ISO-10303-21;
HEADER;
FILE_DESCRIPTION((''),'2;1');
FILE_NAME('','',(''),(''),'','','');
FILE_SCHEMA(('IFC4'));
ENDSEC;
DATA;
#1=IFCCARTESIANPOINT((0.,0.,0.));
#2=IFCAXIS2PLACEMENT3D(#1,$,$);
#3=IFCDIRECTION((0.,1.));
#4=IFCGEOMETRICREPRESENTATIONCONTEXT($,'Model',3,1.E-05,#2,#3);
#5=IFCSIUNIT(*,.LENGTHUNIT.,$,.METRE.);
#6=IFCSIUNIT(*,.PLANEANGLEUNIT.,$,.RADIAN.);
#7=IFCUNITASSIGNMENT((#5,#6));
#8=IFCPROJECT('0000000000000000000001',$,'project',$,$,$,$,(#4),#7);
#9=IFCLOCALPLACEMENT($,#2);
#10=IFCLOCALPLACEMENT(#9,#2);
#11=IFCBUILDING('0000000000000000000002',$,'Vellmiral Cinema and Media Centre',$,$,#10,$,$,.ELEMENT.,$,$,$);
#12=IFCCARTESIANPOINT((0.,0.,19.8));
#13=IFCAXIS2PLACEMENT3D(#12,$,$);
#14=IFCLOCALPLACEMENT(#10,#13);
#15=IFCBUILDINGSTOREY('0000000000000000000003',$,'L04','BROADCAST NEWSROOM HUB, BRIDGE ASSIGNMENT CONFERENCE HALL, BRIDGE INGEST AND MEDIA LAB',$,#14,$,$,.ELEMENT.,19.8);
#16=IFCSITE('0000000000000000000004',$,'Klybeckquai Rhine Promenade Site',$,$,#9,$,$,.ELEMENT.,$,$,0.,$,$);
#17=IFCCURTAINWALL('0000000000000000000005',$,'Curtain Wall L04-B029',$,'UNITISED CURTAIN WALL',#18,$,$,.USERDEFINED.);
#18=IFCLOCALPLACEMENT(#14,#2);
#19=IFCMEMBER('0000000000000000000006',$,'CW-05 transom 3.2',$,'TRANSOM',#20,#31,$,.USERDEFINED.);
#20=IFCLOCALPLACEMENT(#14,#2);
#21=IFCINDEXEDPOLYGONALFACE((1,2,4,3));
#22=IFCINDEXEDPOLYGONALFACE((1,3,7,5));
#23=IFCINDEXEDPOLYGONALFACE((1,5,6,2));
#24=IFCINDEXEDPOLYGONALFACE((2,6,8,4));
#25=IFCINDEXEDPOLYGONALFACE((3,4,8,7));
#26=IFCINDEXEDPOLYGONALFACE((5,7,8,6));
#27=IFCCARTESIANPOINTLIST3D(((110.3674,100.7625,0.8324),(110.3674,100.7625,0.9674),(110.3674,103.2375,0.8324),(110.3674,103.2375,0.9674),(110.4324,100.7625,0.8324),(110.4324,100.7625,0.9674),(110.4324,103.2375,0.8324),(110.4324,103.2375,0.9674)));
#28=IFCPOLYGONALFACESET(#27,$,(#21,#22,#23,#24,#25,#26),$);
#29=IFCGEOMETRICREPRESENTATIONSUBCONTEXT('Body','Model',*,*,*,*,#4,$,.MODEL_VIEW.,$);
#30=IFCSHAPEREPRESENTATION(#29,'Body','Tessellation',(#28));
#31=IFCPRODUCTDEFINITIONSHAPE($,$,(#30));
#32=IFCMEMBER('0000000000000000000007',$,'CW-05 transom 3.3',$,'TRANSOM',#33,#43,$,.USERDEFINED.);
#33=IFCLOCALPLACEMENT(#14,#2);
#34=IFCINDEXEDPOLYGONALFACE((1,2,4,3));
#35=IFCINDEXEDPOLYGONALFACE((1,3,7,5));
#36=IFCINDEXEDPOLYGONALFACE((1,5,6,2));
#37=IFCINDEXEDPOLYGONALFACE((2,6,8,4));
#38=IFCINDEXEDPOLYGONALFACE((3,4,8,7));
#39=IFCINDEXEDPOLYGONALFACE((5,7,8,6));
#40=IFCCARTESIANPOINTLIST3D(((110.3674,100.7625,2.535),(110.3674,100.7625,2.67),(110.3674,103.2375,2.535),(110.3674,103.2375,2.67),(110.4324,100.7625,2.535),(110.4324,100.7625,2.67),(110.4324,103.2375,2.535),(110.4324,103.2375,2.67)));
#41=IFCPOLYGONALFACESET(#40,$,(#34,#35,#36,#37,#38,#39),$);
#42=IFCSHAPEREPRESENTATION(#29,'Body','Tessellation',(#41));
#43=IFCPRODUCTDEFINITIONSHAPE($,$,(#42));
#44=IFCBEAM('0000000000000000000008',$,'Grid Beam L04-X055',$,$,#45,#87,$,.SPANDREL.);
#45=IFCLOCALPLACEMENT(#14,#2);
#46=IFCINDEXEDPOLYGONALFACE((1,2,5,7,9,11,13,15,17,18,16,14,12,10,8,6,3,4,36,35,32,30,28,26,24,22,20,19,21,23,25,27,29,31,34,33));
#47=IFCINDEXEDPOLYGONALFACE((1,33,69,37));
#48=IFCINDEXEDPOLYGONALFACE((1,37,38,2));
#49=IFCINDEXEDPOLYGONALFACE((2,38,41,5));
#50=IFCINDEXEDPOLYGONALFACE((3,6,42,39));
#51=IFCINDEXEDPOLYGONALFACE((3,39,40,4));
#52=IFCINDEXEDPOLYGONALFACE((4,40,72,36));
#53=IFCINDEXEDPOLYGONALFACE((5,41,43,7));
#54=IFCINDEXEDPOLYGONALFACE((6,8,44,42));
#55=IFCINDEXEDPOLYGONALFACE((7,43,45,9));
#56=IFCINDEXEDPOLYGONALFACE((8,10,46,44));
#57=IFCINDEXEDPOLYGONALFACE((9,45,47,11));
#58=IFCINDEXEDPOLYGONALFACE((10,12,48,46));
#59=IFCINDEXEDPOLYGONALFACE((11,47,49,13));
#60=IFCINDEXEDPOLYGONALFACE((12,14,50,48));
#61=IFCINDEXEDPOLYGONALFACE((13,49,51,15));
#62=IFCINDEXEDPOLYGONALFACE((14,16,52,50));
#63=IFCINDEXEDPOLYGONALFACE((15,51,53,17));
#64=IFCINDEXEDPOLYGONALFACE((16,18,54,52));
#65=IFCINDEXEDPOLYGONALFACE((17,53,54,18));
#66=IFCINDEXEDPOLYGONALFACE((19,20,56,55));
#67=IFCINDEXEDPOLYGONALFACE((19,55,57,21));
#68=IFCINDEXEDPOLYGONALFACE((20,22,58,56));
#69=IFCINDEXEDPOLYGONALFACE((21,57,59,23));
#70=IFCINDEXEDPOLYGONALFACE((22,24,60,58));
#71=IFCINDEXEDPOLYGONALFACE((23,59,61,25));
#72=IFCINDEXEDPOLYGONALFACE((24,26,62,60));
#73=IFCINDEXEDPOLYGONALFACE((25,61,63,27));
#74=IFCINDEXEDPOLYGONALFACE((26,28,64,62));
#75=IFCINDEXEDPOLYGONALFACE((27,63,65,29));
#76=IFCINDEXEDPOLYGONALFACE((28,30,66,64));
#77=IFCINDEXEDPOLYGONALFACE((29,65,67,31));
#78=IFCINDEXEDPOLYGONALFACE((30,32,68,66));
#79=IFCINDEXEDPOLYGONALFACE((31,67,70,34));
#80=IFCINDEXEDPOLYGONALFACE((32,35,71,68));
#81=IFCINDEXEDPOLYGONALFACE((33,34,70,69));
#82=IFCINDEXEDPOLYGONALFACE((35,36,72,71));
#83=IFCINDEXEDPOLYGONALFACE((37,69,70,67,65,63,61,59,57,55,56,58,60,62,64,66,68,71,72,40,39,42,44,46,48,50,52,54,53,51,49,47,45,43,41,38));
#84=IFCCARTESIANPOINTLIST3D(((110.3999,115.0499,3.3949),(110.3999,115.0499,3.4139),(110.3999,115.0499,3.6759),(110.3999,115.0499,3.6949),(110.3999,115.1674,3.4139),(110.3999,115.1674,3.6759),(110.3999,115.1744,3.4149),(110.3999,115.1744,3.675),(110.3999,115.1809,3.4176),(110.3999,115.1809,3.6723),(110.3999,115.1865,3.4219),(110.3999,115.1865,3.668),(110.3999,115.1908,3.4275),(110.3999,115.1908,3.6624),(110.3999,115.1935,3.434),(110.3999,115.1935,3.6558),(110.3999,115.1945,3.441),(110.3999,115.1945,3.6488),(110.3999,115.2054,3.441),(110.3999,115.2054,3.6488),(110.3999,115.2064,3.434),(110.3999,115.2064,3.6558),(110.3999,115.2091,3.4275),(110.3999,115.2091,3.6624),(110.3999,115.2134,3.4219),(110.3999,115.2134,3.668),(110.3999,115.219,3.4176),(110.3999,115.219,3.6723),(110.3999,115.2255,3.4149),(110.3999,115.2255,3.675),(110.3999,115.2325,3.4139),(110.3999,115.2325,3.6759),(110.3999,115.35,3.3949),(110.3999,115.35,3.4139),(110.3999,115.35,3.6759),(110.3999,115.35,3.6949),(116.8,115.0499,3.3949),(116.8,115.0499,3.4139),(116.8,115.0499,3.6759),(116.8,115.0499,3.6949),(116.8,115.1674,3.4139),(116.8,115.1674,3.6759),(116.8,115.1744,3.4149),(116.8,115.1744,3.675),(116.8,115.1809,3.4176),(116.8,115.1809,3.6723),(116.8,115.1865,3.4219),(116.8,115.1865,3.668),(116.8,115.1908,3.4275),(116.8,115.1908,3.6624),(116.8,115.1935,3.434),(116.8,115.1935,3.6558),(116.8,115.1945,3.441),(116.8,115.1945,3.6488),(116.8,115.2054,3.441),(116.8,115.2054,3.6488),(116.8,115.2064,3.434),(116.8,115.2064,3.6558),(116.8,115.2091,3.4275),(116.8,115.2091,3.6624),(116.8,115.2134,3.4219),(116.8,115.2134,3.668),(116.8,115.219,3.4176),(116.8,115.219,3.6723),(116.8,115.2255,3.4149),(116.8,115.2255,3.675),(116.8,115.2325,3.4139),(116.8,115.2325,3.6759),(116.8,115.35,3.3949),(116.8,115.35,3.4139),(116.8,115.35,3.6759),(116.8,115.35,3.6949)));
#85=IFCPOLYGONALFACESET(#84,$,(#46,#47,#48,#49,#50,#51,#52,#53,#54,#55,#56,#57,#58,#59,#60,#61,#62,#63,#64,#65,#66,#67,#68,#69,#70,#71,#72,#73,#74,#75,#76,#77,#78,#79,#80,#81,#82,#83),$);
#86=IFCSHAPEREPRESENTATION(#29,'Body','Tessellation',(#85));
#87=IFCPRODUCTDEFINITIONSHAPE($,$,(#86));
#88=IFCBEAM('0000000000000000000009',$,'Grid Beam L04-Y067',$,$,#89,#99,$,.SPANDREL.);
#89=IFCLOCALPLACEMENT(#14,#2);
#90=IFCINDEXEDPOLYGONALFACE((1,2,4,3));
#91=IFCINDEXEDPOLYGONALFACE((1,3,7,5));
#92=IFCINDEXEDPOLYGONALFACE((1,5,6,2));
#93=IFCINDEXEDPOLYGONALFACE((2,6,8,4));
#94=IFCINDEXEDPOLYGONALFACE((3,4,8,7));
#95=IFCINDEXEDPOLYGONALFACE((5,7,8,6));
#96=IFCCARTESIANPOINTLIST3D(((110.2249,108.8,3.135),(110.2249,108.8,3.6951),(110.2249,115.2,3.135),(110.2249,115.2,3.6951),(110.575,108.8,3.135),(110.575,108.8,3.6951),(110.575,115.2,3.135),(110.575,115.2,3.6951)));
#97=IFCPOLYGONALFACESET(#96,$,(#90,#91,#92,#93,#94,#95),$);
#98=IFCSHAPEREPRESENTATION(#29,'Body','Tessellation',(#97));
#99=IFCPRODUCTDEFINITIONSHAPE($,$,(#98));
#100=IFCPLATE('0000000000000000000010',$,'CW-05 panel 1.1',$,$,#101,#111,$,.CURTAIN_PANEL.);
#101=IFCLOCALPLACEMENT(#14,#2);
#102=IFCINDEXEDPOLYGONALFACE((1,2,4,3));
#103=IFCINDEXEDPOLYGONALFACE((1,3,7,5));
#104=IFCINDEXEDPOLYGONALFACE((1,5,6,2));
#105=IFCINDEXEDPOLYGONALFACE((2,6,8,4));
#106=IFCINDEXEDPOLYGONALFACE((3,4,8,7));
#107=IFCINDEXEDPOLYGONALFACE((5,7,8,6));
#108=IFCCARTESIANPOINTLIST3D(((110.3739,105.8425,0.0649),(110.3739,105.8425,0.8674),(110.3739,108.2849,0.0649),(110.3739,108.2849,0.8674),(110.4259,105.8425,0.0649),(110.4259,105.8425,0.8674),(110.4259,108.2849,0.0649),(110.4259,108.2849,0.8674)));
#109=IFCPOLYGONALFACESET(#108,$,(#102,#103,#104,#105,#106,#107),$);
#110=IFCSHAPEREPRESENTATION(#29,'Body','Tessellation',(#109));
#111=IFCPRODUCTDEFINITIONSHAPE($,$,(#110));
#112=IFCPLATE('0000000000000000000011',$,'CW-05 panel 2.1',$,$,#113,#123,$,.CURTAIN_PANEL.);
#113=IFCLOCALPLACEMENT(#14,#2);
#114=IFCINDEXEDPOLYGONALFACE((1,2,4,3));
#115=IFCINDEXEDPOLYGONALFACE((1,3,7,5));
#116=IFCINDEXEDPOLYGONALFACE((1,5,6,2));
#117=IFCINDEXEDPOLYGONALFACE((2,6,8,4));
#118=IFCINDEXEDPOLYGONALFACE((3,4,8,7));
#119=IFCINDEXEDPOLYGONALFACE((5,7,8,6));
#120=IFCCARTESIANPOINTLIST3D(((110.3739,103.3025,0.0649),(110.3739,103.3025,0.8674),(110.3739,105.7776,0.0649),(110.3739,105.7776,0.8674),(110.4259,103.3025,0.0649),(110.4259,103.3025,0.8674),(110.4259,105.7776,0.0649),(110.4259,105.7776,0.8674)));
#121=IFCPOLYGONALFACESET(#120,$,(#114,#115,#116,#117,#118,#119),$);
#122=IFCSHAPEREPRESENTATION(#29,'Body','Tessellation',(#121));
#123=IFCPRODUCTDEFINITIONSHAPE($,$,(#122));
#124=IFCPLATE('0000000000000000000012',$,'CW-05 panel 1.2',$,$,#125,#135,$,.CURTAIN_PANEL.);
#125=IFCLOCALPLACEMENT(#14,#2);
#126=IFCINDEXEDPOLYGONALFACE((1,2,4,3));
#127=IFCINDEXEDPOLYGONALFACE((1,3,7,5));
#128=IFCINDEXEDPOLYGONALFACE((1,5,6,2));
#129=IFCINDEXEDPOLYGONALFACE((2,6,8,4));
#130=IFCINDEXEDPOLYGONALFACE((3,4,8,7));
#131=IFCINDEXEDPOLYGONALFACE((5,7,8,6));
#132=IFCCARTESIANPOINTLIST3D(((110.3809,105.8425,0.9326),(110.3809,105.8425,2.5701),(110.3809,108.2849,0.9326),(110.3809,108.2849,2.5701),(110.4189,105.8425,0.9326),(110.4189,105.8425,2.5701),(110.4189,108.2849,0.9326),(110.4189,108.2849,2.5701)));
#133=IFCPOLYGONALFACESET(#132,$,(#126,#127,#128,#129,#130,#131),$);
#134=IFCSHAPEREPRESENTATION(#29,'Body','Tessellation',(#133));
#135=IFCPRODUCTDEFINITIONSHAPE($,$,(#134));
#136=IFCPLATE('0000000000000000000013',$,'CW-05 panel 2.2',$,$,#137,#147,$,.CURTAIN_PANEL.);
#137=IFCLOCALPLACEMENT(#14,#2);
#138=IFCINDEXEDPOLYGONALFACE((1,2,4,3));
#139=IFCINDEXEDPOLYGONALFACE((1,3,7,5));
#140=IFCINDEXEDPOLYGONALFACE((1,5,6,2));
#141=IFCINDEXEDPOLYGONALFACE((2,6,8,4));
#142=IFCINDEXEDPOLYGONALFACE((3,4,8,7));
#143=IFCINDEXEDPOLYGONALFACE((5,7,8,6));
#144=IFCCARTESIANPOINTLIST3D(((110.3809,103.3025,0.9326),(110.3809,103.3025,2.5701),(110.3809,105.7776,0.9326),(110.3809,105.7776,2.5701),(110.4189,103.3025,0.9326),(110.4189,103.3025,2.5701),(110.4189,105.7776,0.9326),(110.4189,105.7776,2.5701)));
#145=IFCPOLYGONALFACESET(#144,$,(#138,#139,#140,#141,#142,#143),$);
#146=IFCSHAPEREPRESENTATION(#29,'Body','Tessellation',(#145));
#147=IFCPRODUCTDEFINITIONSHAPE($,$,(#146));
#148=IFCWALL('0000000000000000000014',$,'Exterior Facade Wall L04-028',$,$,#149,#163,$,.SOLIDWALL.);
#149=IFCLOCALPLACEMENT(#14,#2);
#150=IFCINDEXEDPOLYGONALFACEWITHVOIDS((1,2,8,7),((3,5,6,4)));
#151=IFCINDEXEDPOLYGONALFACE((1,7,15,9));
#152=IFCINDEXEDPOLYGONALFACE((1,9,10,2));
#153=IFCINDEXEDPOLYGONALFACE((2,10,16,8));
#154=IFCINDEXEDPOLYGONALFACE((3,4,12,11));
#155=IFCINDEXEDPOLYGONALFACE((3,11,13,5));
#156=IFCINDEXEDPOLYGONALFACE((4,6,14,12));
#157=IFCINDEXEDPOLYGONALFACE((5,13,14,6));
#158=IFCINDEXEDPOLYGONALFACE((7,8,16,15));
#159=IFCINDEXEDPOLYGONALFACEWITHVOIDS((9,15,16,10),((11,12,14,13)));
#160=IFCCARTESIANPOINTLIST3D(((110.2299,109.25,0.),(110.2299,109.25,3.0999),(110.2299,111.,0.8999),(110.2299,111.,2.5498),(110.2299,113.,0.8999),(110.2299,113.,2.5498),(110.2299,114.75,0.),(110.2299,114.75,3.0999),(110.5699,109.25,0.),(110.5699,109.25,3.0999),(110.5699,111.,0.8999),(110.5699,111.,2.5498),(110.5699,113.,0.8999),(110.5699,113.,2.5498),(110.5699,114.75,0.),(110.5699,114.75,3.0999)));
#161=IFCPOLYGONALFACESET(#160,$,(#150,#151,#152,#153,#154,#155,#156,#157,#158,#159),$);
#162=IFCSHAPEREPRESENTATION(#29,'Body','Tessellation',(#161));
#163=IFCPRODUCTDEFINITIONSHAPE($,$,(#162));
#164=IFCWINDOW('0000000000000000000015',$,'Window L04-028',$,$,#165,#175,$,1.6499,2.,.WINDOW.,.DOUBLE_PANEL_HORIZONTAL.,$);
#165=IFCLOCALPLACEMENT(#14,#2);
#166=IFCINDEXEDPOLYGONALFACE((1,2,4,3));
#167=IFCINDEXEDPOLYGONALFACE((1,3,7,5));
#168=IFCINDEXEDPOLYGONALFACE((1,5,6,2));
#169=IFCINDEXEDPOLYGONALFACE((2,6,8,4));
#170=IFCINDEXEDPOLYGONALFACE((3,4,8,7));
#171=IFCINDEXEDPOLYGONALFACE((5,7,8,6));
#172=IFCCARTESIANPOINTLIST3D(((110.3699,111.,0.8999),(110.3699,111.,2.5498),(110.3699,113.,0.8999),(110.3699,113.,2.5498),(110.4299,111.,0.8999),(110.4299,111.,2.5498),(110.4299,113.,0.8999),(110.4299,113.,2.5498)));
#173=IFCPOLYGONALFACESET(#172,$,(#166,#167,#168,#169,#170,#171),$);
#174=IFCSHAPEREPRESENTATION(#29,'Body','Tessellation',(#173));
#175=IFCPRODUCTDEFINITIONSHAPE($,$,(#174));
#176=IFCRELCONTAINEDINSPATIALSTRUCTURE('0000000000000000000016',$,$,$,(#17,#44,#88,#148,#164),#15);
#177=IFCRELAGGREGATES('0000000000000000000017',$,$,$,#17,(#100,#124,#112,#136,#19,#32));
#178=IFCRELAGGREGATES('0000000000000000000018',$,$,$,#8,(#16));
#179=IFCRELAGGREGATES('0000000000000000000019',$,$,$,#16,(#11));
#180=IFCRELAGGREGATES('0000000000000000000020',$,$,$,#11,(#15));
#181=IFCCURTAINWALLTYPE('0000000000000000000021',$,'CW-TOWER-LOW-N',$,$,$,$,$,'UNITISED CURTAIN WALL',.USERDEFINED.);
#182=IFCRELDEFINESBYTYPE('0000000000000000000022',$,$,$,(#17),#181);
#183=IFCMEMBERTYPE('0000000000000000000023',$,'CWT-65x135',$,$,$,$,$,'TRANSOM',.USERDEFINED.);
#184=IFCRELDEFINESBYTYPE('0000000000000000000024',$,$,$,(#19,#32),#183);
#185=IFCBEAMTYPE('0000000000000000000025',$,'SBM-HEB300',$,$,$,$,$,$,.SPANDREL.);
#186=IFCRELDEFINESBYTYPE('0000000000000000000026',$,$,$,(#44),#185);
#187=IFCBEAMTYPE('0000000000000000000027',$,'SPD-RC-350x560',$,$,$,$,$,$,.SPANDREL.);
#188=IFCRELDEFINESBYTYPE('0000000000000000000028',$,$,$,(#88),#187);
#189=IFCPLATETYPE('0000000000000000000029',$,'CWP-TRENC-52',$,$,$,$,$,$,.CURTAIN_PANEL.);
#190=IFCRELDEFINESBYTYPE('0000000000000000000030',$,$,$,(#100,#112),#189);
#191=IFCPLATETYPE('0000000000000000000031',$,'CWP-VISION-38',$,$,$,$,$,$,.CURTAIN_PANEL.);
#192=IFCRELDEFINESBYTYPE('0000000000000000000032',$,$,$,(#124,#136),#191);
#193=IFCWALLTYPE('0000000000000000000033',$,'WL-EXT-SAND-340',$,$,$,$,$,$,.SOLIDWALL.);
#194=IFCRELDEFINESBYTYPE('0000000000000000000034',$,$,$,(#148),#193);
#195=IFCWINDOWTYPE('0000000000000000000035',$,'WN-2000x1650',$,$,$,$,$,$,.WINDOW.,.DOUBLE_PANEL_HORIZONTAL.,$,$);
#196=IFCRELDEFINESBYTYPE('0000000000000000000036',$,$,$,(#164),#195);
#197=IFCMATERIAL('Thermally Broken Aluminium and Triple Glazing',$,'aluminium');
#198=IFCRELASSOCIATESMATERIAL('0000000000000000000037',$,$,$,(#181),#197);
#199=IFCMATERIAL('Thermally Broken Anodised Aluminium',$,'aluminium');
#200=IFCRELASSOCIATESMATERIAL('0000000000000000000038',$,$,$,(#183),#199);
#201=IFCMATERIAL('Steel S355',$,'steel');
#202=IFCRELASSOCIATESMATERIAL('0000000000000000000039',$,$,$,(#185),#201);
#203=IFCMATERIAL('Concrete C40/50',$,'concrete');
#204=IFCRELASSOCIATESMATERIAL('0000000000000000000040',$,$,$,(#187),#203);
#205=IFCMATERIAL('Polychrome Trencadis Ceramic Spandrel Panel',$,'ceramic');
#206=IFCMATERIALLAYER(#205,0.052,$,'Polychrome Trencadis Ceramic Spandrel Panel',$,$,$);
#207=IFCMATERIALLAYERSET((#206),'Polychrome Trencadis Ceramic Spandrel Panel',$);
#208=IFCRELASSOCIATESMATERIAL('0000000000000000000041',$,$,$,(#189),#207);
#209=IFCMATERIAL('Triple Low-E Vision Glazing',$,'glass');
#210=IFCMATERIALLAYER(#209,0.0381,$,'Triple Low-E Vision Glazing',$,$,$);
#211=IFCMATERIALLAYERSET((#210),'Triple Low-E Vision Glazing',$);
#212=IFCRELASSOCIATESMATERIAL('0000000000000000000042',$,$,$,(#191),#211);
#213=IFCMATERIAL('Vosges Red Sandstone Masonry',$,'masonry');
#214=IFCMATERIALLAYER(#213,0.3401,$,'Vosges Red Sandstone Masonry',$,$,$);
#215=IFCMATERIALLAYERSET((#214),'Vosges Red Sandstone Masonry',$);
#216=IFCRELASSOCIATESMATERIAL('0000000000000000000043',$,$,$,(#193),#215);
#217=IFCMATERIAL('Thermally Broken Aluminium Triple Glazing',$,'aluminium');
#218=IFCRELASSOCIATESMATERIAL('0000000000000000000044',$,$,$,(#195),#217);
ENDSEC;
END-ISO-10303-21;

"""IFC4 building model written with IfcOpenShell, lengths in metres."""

from ifc_helpers import new_model, si_unit, direction, frame, frame_2d, origin, origin_2d, place, context, subcontext, project, spatial, rectangle, i_section, extrude, material, layer, layer_set, material_profile, profile_set, type_object, element, fill, aggregate, save


model = new_model("IFC4")

# Units and contexts
model_context = context("Model", 3, precision=1e-05, world=origin(), true_north=direction((0.0, 1.0)))
body_context = subcontext(model_context, "Body", "Model", "MODEL_VIEW")
ifc_project = project(units=[si_unit("LENGTHUNIT", "METRE"), si_unit("PLANEANGLEUNIT", "RADIAN")], contexts=[model_context])

# Site, building, storey
site_placement = place(None, origin())
site = spatial("IfcSite", under=ifc_project, at=site_placement, Name="Klybeckquai Rhine Promenade Site", CompositionType="ELEMENT", RefElevation=0.0)
building_placement = place(site_placement, origin())
building = spatial("IfcBuilding", under=site, at=building_placement, Name="Vellmiral Cinema and Media Centre", CompositionType="ELEMENT")
storey_placement = place(building_placement, frame((0.0, 0.0, 19.8)))
storey = spatial("IfcBuildingStorey", under=building, at=storey_placement, Name="L04", Description="BROADCAST NEWSROOM HUB, BRIDGE ASSIGNMENT CONFERENCE HALL, BRIDGE INGEST AND MEDIA LAB", CompositionType="ELEMENT", Elevation=19.8)

# Curtain wall, members
ifc_material_1 = material(Name="Thermally Broken Aluminium and Triple Glazing", Category="aluminium")
curtain_wall_type_1 = type_object("IfcCurtainWallType", Name="CW-TOWER-LOW-N", ElementType="UNITISED CURTAIN WALL", PredefinedType="USERDEFINED", material=ifc_material_1)
curtain_wall_1_placement = place(storey_placement, origin())
curtain_wall_1 = element("IfcCurtainWall", 1, at=curtain_wall_1_placement, inside=storey, type_object=curtain_wall_type_1, Name="Curtain Wall L04-B029", ObjectType="UNITISED CURTAIN WALL", PredefinedType="USERDEFINED")
ifc_material_2 = material(Name="Thermally Broken Anodised Aluminium", Category="aluminium")
ifc_material_profile_1 = material_profile(ifc_material_2, rectangle(XDim=0.0649, YDim=0.135, at=origin_2d()), Name="MULL 65x135")
ifc_profile_set_1 = profile_set([ifc_material_profile_1], Name="Thermally Broken Anodised Aluminium")
member_type_1 = type_object("IfcMemberType", Name="CWT-65x135", ElementType="TRANSOM", PredefinedType="USERDEFINED", material=ifc_profile_set_1)
member_1_placement = place(storey_placement, frame((110.3999, 103.2375, 0.8999), z_axis=(0.0, -1.0, 0.0), x_axis=(1.0, 0.0, 0.0)))
member_1 = element("IfcMember", 2, at=member_1_placement, type_object=member_type_1, Name="CW-05 transom 3.2", ObjectType="TRANSOM", PredefinedType="USERDEFINED", context=body_context, shape_type="SweptSolid", body=[
    extrude(rectangle(XDim=0.0649, YDim=0.135, at=origin_2d()), origin(), (0.0, 0.0, 1.0), 2.4751),
])
member_2_placement = place(storey_placement, frame((110.3999, 103.2375, 2.6025), z_axis=(0.0, -1.0, 0.0), x_axis=(1.0, 0.0, 0.0)))
member_2 = element("IfcMember", 3, at=member_2_placement, type_object=member_type_1, Name="CW-05 transom 3.3", ObjectType="TRANSOM", PredefinedType="USERDEFINED", context=body_context, shape_type="SweptSolid", body=[
    extrude(rectangle(XDim=0.0649, YDim=0.135, at=origin_2d()), origin(), (0.0, 0.0, 1.0), 2.4751),
])

# Beams
ifc_material_3 = material(Name="Steel S355", Category="steel")
ifc_material_profile_2 = material_profile(ifc_material_3, i_section(OverallWidth=0.3, OverallDepth=0.3, WebThickness=0.011, FlangeThickness=0.019, FilletRadius=0.0271, at=origin_2d()), Name="HEB 300")
ifc_profile_set_2 = profile_set([ifc_material_profile_2], Name="Steel S355")
beam_type_1 = type_object("IfcBeamType", Name="SBM-HEB300", PredefinedType="SPANDREL", material=ifc_profile_set_2)
beam_1_placement = place(storey_placement, frame((110.3999, 115.2, 3.5449), z_axis=(1.0, 0.0, 0.0), x_axis=(0.0, 1.0, 0.0)))
element("IfcBeam", 4, at=beam_1_placement, inside=storey, type_object=beam_type_1, Name="Grid Beam L04-X055", PredefinedType="SPANDREL", context=body_context, shape_type="SweptSolid", body=[
    extrude(i_section(OverallWidth=0.3, OverallDepth=0.3, WebThickness=0.011, FlangeThickness=0.019, FilletRadius=0.0271, at=origin_2d()), origin(), (0.0, 0.0, 1.0), 6.4001),
])
ifc_material_4 = material(Name="Concrete C40/50", Category="concrete")
ifc_material_profile_3 = material_profile(ifc_material_4, rectangle(XDim=0.3501, YDim=0.5601, at=origin_2d()), Name="RC 350x560")
ifc_profile_set_3 = profile_set([ifc_material_profile_3], Name="Concrete C40/50")
beam_type_2 = type_object("IfcBeamType", Name="SPD-RC-350x560", PredefinedType="SPANDREL", material=ifc_profile_set_3)
beam_2_placement = place(storey_placement, frame((110.3999, 108.8, 3.415), z_axis=(0.0, 1.0, 0.0), x_axis=(-1.0, 0.0, 0.0)))
element("IfcBeam", 5, at=beam_2_placement, inside=storey, type_object=beam_type_2, Name="Grid Beam L04-Y067", PredefinedType="SPANDREL", context=body_context, shape_type="SweptSolid", body=[
    extrude(rectangle(XDim=0.3501, YDim=0.5601, at=origin_2d()), origin(), (0.0, 0.0, 1.0), 6.3999),
])

# Plates
ifc_material_5 = material(Name="Polychrome Trencadis Ceramic Spandrel Panel", Category="ceramic")
ifc_layer_1 = layer(ifc_material_5, 0.052, Name="Polychrome Trencadis Ceramic Spandrel Panel")
ifc_layer_set_1 = layer_set([ifc_layer_1], Name="Polychrome Trencadis Ceramic Spandrel Panel")
plate_type_1 = type_object("IfcPlateType", Name="CWP-TRENC-52", PredefinedType="CURTAIN_PANEL", material=ifc_layer_set_1)
plate_1_placement = place(storey_placement, frame((110.3999, 107.0637, 0.0649), z_axis=(0.0, 0.0, 1.0), x_axis=(0.0, -1.0, 0.0)))
plate_1 = element("IfcPlate", 6, at=plate_1_placement, type_object=plate_type_1, Name="CW-05 panel 1.1", PredefinedType="CURTAIN_PANEL", context=body_context, shape_type="SweptSolid", body=[
    extrude(rectangle(XDim=2.4424, YDim=0.052, at=origin_2d()), origin(), (0.0, 0.0, 1.0), 0.8025),
])
plate_2_placement = place(storey_placement, frame((110.3999, 104.54, 0.0649), z_axis=(0.0, 0.0, 1.0), x_axis=(0.0, -1.0, 0.0)))
plate_2 = element("IfcPlate", 7, at=plate_2_placement, type_object=plate_type_1, Name="CW-05 panel 2.1", PredefinedType="CURTAIN_PANEL", context=body_context, shape_type="SweptSolid", body=[
    extrude(rectangle(XDim=2.4751, YDim=0.052, at=origin_2d()), origin(), (0.0, 0.0, 1.0), 0.8025),
])
ifc_material_6 = material(Name="Triple Low-E Vision Glazing", Category="glass")
ifc_layer_2 = layer(ifc_material_6, 0.0381, Name="Triple Low-E Vision Glazing")
ifc_layer_set_2 = layer_set([ifc_layer_2], Name="Triple Low-E Vision Glazing")
plate_type_2 = type_object("IfcPlateType", Name="CWP-VISION-38", PredefinedType="CURTAIN_PANEL", material=ifc_layer_set_2)
plate_3_placement = place(storey_placement, frame((110.3999, 107.0637, 0.9326), z_axis=(0.0, 0.0, 1.0), x_axis=(0.0, -1.0, 0.0)))
plate_3 = element("IfcPlate", 8, at=plate_3_placement, type_object=plate_type_2, Name="CW-05 panel 1.2", PredefinedType="CURTAIN_PANEL", context=body_context, shape_type="SweptSolid", body=[
    extrude(rectangle(XDim=2.4424, YDim=0.0381, at=origin_2d()), origin(), (0.0, 0.0, 1.0), 1.6375),
])
plate_4_placement = place(storey_placement, frame((110.3999, 104.54, 0.9326), z_axis=(0.0, 0.0, 1.0), x_axis=(0.0, -1.0, 0.0)))
plate_4 = element("IfcPlate", 9, at=plate_4_placement, type_object=plate_type_2, Name="CW-05 panel 2.2", PredefinedType="CURTAIN_PANEL", context=body_context, shape_type="SweptSolid", body=[
    extrude(rectangle(XDim=2.4751, YDim=0.0381, at=origin_2d()), origin(), (0.0, 0.0, 1.0), 1.6375),
])
aggregate(curtain_wall_1, [plate_1, plate_3, plate_2, plate_4, member_1, member_2])

# Wall, opening, window
ifc_material_7 = material(Name="Vosges Red Sandstone Masonry", Category="masonry")
ifc_layer_3 = layer(ifc_material_7, 0.3401, Name="Vosges Red Sandstone Masonry")
ifc_layer_set_3 = layer_set([ifc_layer_3], Name="Vosges Red Sandstone Masonry")
wall_type = type_object("IfcWallType", Name="WL-EXT-SAND-340", PredefinedType="SOLIDWALL", material=ifc_layer_set_3)
wall_placement = place(storey_placement, frame((110.3999, 114.75, 0.0), z_axis=(0.0, 0.0, 1.0), x_axis=(0.0, -1.0, 0.0)))
wall = element("IfcWall", 10, at=wall_placement, inside=storey, type_object=wall_type, Name="Exterior Facade Wall L04-028", PredefinedType="SOLIDWALL", context=body_context, shape_type="SweptSolid", body=[
    extrude(rectangle(XDim=5.5, YDim=0.3401, at=frame_2d((2.75, 0.0))), origin(), (0.0, 0.0, 1.0), 3.0999),
])
opening_placement = place(wall_placement, frame((1.75, 0.0, 0.8999)))
opening = element("IfcOpeningElement", 11, at=opening_placement, cuts=wall, PredefinedType="OPENING", context=body_context, shape_type="SweptSolid", body=[
    extrude(rectangle(XDim=2.0, YDim=1.6499, at=frame_2d((1.0, 0.825))), frame((0.0, 0.1821, 0.0), z_axis=(0.0, -1.0, 0.0), x_axis=(1.0, 0.0, 0.0)), (0.0, 0.0, 1.0), 0.364),
])
ifc_material_8 = material(Name="Thermally Broken Aluminium Triple Glazing", Category="aluminium")
window_type = type_object("IfcWindowType", Name="WN-2000x1650", PartitioningType="DOUBLE_PANEL_HORIZONTAL", PredefinedType="WINDOW", material=ifc_material_8)
window_placement = place(opening_placement, origin())
window = element("IfcWindow", 12, at=window_placement, inside=storey, type_object=window_type, Name="Window L04-028", OverallHeight=1.6499, OverallWidth=2.0, PartitioningType="DOUBLE_PANEL_HORIZONTAL", PredefinedType="WINDOW", context=body_context, shape_type="SweptSolid", body=[
    extrude(rectangle(XDim=2.0, YDim=1.6499, at=frame_2d((1.0, 0.825))), frame((0.0, 0.03, 0.0), z_axis=(0.0, -1.0, 0.0), x_axis=(1.0, 0.0, 0.0)), (0.0, 0.0, 1.0), 0.0601),
])
fill(opening, window)

save(model, "model.ifc")
